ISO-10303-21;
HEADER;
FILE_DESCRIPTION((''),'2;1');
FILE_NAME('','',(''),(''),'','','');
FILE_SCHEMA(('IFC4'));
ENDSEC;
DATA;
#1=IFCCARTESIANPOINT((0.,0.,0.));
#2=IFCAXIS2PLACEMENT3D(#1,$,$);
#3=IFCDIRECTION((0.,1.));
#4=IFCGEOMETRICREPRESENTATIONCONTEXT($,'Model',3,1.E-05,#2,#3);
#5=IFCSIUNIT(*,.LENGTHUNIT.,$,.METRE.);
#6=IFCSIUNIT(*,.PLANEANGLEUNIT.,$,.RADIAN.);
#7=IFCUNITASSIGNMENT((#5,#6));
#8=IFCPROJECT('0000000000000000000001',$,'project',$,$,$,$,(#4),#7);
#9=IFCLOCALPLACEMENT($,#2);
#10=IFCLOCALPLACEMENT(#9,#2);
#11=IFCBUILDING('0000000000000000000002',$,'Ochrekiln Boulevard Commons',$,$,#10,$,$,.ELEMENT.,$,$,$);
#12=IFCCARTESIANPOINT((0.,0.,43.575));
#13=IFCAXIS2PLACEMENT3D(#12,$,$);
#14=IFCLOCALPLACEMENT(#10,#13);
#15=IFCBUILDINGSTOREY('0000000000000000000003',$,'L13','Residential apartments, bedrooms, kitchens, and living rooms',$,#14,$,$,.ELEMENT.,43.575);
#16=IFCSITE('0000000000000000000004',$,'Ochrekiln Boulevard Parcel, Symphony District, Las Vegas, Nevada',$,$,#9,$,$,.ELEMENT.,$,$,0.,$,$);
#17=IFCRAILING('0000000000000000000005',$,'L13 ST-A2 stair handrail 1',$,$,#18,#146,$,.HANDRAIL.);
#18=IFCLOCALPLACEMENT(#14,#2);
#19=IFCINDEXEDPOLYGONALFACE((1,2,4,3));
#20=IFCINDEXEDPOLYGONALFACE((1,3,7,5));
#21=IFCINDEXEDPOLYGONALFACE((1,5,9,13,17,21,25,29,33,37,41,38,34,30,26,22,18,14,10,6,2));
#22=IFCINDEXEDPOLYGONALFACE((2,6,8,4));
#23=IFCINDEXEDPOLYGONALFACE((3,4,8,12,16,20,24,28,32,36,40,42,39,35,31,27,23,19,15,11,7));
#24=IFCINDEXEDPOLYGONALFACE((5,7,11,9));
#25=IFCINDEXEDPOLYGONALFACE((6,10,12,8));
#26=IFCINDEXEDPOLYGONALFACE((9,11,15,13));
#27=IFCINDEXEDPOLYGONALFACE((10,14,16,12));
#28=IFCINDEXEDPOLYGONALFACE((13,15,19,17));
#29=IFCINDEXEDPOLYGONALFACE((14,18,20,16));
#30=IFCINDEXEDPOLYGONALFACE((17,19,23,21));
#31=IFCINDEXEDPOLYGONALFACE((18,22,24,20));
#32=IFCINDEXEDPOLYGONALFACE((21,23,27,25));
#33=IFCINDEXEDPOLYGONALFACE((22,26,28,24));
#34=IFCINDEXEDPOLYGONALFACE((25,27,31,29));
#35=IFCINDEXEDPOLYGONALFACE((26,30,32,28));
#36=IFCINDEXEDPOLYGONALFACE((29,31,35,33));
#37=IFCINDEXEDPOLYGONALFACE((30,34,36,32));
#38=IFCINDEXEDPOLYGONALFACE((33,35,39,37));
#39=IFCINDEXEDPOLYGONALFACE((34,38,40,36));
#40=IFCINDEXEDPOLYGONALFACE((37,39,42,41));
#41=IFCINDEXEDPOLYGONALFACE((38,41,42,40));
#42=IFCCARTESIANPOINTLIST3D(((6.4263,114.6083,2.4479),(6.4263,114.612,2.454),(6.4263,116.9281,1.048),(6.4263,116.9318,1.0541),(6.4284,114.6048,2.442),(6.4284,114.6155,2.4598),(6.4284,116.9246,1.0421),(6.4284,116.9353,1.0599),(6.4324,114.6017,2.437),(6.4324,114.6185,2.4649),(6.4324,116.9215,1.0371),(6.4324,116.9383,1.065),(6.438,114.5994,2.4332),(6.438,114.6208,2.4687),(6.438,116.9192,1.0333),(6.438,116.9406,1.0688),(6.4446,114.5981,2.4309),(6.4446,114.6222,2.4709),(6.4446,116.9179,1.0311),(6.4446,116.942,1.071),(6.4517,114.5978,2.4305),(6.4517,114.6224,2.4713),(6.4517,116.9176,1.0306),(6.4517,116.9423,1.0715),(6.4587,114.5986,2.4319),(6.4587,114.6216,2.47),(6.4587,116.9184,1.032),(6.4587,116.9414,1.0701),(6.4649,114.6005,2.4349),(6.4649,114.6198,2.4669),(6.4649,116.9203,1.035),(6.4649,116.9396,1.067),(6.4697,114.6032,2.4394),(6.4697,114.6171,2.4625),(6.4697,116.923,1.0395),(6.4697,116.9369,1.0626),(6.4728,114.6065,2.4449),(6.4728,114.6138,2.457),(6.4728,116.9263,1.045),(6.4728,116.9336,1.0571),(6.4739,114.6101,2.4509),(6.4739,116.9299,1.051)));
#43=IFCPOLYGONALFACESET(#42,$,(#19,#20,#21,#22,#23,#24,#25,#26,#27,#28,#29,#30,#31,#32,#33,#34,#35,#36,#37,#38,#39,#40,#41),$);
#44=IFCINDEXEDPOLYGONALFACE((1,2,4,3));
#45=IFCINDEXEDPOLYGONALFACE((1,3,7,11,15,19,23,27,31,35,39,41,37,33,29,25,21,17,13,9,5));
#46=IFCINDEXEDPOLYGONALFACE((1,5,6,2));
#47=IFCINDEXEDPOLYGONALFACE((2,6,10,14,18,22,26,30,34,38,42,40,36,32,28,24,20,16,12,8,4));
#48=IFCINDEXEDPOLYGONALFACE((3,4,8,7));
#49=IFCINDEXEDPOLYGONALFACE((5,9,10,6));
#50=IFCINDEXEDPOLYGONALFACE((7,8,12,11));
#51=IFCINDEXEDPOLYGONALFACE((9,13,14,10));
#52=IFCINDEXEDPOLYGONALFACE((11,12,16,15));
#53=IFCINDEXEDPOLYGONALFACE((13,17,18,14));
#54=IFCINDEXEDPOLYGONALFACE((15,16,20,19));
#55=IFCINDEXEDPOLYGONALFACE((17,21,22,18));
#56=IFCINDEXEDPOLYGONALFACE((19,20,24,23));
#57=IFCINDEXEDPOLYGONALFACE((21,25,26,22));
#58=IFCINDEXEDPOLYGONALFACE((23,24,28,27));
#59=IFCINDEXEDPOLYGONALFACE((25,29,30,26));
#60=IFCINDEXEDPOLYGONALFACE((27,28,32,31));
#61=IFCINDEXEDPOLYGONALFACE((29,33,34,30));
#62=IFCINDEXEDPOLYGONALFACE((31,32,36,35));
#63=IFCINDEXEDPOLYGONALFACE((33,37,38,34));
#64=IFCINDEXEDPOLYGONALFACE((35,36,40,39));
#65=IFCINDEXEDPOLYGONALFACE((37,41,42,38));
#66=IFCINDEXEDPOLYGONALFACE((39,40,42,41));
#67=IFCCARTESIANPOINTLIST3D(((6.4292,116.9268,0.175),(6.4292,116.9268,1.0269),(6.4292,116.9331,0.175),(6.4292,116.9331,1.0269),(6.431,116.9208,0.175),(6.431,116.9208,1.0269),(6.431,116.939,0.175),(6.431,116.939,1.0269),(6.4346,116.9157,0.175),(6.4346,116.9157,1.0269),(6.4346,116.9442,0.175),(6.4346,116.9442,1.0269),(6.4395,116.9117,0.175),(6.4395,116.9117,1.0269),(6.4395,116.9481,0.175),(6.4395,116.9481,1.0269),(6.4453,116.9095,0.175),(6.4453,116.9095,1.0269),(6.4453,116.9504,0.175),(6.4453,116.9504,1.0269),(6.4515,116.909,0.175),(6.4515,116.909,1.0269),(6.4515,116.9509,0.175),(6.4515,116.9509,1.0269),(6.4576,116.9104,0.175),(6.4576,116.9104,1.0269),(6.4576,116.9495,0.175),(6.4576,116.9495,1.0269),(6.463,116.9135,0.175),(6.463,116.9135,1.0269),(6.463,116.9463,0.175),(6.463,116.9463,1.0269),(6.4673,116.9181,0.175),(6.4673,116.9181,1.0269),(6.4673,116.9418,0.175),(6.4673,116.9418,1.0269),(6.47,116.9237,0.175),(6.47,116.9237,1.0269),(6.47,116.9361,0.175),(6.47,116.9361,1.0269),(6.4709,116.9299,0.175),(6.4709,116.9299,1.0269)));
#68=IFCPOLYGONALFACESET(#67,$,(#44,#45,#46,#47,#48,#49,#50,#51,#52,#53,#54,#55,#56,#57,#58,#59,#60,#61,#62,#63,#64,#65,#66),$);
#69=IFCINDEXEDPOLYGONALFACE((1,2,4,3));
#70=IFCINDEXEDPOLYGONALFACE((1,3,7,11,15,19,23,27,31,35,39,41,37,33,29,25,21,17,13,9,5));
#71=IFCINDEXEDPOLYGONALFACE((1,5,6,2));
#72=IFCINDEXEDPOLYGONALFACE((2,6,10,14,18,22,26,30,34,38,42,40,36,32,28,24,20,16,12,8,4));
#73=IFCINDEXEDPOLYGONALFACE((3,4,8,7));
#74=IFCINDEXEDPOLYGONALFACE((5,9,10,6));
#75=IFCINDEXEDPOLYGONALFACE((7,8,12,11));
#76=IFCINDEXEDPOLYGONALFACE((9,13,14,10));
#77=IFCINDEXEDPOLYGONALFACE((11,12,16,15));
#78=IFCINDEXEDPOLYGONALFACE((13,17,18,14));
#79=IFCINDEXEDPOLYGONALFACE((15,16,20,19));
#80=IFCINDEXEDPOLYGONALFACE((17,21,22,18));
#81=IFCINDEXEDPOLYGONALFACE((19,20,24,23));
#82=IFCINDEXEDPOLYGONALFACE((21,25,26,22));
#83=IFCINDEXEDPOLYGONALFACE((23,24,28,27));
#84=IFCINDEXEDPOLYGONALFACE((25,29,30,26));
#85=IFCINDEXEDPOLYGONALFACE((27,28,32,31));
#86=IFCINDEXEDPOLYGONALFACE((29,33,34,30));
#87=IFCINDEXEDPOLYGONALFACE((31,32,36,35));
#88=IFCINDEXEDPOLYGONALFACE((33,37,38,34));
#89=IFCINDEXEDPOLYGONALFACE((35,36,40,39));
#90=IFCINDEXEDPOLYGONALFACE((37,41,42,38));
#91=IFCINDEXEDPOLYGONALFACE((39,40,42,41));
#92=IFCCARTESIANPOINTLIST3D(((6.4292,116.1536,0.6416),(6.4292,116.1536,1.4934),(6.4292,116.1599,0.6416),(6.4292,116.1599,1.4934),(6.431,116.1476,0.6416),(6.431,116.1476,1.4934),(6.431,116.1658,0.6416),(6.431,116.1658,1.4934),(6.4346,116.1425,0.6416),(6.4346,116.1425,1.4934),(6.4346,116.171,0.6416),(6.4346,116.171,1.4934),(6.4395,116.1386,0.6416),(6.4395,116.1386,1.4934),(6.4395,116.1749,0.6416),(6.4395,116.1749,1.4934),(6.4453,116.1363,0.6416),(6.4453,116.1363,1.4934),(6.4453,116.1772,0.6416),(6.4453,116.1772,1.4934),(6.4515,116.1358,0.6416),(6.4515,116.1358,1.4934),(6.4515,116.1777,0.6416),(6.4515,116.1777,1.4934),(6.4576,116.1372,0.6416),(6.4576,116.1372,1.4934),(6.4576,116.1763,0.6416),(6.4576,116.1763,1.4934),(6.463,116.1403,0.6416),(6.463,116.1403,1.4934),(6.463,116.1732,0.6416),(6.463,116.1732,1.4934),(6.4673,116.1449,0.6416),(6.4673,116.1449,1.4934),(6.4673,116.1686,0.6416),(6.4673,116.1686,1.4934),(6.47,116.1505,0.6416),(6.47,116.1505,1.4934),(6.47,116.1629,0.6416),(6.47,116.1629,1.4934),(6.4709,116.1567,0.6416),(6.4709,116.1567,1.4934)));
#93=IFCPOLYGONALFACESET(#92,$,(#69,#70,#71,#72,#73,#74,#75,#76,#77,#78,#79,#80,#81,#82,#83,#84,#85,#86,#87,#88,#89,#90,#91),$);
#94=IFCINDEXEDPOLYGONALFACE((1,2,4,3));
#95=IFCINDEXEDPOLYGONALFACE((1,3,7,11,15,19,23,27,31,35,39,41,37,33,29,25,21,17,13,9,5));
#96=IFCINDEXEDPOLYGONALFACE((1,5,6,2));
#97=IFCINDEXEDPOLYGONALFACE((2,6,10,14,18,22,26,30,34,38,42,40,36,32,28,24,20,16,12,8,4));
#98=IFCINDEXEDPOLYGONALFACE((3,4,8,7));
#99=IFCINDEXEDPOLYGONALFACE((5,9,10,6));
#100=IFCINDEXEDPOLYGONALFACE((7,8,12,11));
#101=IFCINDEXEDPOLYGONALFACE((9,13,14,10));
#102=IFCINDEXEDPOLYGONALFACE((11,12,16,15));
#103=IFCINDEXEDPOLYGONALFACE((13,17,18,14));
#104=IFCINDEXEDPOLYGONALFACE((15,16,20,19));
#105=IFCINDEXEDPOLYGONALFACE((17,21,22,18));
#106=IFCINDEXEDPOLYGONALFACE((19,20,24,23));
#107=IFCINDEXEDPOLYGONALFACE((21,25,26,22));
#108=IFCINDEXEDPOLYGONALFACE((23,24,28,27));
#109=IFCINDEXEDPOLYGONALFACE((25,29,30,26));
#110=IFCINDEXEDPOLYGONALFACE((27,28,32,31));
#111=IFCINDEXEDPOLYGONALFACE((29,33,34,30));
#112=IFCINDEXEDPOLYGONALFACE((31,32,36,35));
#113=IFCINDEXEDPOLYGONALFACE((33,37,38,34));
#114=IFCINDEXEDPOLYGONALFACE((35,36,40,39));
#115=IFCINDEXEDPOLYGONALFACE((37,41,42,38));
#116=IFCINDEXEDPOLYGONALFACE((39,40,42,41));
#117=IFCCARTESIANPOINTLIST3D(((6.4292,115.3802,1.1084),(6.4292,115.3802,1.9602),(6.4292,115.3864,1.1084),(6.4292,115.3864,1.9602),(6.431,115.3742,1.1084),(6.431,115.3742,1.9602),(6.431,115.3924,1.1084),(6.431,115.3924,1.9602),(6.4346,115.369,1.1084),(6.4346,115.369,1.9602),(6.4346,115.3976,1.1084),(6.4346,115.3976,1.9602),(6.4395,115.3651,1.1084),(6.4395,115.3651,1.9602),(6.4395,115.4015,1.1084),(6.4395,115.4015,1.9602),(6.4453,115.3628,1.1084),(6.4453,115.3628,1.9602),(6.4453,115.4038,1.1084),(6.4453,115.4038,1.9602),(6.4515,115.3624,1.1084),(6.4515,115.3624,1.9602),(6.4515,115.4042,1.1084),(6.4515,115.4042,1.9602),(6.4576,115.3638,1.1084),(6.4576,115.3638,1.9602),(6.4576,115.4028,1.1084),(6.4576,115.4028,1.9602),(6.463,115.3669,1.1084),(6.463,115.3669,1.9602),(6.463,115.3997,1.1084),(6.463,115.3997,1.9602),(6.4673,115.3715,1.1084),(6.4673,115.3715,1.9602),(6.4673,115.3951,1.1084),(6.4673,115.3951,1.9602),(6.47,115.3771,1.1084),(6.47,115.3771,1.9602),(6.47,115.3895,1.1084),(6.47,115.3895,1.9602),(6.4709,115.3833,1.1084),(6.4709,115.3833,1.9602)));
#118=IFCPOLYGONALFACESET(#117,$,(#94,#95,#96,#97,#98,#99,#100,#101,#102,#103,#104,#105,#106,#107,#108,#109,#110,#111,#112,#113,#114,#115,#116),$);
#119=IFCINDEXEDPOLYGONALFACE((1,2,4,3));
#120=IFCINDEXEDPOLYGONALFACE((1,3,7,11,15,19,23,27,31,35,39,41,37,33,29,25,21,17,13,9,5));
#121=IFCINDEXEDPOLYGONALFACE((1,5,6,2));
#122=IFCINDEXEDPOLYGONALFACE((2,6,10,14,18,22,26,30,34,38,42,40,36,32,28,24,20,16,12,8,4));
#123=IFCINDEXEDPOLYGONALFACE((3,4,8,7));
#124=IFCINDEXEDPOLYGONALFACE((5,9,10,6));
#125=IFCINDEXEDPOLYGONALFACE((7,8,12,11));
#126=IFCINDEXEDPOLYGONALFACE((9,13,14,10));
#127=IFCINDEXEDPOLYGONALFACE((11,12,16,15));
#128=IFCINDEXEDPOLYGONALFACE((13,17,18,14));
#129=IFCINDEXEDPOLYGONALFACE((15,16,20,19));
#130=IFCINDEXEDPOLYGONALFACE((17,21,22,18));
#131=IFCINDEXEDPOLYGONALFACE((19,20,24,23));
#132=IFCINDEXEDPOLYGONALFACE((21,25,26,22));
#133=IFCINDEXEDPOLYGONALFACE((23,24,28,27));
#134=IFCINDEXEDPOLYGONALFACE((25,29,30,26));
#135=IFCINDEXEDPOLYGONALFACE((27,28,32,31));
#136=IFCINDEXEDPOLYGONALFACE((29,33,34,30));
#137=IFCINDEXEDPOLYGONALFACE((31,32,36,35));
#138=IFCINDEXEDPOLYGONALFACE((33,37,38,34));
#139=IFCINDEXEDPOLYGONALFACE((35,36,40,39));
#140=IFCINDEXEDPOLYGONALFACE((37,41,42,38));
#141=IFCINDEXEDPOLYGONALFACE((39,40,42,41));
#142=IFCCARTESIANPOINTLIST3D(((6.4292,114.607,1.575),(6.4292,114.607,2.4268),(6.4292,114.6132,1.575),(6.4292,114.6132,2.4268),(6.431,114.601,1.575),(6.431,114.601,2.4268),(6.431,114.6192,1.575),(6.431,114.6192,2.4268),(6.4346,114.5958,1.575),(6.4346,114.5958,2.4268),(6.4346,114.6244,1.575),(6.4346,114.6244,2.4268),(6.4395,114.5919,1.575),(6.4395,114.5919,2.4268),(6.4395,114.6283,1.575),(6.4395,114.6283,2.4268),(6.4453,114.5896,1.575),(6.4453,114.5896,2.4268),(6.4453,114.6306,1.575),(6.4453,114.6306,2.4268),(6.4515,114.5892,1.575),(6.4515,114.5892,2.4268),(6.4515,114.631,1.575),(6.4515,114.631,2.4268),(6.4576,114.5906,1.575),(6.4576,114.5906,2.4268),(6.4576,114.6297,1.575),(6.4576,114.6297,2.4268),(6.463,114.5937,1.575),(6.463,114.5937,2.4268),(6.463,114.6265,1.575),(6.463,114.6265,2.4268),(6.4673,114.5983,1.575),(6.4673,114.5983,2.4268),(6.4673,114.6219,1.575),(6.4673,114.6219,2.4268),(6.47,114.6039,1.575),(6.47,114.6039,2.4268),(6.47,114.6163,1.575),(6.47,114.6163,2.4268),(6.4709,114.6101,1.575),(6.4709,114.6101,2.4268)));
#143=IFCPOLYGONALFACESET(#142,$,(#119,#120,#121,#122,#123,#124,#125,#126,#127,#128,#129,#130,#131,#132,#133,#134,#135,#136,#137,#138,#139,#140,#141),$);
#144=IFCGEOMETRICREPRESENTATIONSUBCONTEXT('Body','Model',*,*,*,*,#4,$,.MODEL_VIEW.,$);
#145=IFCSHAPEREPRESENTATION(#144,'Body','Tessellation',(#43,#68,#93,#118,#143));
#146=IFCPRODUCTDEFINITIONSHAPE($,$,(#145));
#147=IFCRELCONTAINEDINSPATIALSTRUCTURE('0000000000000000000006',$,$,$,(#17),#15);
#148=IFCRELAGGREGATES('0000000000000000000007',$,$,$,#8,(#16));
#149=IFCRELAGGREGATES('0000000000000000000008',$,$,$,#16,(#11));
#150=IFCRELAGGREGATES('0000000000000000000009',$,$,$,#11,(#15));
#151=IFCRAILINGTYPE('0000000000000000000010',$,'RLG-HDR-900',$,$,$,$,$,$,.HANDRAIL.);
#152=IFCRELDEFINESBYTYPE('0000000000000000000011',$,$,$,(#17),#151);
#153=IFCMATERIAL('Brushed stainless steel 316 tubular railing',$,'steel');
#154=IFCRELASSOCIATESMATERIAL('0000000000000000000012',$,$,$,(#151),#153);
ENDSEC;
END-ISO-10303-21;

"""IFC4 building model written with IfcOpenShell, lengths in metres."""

from ifc_helpers import new_model, si_unit, direction, frame, origin, origin_2d, place, context, subcontext, project, spatial, circle, extrude, material, type_object, element, save


model = new_model("IFC4")

# Units and contexts
model_context = context("Model", 3, precision=1e-05, world=origin(), true_north=direction((0.0, 1.0)))
body_context = subcontext(model_context, "Body", "Model", "MODEL_VIEW")
ifc_project = project(units=[si_unit("LENGTHUNIT", "METRE"), si_unit("PLANEANGLEUNIT", "RADIAN")], contexts=[model_context])

# Site, building, storey
site_placement = place(None, origin())
site = spatial("IfcSite", under=ifc_project, at=site_placement, Name="Ochrekiln Boulevard Parcel, Symphony District, Las Vegas, Nevada", CompositionType="ELEMENT", RefElevation=0.0)
building_placement = place(site_placement, origin())
building = spatial("IfcBuilding", under=site, at=building_placement, Name="Ochrekiln Boulevard Commons", CompositionType="ELEMENT")
storey_placement = place(building_placement, frame((0.0, 0.0, 43.575)))
storey = spatial("IfcBuildingStorey", under=building, at=storey_placement, Name="L13", Description="Residential apartments, bedrooms, kitchens, and living rooms", CompositionType="ELEMENT", Elevation=43.575)

# Railing
ifc_material_1 = material(Name="Brushed stainless steel 316 tubular railing", Category="steel")
railing_type_1 = type_object("IfcRailingType", Name="RLG-HDR-900", PredefinedType="HANDRAIL", material=ifc_material_1)
railing_1_placement = place(storey_placement, frame((6.45, 116.9299, 0.175)))
element("IfcRailing", 1, at=railing_1_placement, inside=storey, type_object=railing_type_1, Name="L13 ST-A2 stair handrail 1", PredefinedType="HANDRAIL", context=body_context, shape_type="SweptSolid", body=[
    extrude(circle(Radius=0.0239, at=origin_2d()), frame((0.0, 0.0, 0.876), z_axis=(0.0, -0.856186, 0.516667), x_axis=(1.0, 0.0, 0.0)), (0.0, 0.0, 1.0), 2.7095),
    extrude(circle(Radius=0.021, at=origin_2d()), origin(), (0.0, 0.0, 1.0), 0.8518),
    extrude(circle(Radius=0.021, at=origin_2d()), frame((0.0, -0.7732, 0.4666)), (0.0, 0.0, 1.0), 0.8518),
    extrude(circle(Radius=0.021, at=origin_2d()), frame((0.0, -1.5466, 0.9333)), (0.0, 0.0, 1.0), 0.8518),
    extrude(circle(Radius=0.021, at=origin_2d()), frame((0.0, -2.3198, 1.3999)), (0.0, 0.0, 1.0), 0.8518),
])

save(model, "model.ifc")
